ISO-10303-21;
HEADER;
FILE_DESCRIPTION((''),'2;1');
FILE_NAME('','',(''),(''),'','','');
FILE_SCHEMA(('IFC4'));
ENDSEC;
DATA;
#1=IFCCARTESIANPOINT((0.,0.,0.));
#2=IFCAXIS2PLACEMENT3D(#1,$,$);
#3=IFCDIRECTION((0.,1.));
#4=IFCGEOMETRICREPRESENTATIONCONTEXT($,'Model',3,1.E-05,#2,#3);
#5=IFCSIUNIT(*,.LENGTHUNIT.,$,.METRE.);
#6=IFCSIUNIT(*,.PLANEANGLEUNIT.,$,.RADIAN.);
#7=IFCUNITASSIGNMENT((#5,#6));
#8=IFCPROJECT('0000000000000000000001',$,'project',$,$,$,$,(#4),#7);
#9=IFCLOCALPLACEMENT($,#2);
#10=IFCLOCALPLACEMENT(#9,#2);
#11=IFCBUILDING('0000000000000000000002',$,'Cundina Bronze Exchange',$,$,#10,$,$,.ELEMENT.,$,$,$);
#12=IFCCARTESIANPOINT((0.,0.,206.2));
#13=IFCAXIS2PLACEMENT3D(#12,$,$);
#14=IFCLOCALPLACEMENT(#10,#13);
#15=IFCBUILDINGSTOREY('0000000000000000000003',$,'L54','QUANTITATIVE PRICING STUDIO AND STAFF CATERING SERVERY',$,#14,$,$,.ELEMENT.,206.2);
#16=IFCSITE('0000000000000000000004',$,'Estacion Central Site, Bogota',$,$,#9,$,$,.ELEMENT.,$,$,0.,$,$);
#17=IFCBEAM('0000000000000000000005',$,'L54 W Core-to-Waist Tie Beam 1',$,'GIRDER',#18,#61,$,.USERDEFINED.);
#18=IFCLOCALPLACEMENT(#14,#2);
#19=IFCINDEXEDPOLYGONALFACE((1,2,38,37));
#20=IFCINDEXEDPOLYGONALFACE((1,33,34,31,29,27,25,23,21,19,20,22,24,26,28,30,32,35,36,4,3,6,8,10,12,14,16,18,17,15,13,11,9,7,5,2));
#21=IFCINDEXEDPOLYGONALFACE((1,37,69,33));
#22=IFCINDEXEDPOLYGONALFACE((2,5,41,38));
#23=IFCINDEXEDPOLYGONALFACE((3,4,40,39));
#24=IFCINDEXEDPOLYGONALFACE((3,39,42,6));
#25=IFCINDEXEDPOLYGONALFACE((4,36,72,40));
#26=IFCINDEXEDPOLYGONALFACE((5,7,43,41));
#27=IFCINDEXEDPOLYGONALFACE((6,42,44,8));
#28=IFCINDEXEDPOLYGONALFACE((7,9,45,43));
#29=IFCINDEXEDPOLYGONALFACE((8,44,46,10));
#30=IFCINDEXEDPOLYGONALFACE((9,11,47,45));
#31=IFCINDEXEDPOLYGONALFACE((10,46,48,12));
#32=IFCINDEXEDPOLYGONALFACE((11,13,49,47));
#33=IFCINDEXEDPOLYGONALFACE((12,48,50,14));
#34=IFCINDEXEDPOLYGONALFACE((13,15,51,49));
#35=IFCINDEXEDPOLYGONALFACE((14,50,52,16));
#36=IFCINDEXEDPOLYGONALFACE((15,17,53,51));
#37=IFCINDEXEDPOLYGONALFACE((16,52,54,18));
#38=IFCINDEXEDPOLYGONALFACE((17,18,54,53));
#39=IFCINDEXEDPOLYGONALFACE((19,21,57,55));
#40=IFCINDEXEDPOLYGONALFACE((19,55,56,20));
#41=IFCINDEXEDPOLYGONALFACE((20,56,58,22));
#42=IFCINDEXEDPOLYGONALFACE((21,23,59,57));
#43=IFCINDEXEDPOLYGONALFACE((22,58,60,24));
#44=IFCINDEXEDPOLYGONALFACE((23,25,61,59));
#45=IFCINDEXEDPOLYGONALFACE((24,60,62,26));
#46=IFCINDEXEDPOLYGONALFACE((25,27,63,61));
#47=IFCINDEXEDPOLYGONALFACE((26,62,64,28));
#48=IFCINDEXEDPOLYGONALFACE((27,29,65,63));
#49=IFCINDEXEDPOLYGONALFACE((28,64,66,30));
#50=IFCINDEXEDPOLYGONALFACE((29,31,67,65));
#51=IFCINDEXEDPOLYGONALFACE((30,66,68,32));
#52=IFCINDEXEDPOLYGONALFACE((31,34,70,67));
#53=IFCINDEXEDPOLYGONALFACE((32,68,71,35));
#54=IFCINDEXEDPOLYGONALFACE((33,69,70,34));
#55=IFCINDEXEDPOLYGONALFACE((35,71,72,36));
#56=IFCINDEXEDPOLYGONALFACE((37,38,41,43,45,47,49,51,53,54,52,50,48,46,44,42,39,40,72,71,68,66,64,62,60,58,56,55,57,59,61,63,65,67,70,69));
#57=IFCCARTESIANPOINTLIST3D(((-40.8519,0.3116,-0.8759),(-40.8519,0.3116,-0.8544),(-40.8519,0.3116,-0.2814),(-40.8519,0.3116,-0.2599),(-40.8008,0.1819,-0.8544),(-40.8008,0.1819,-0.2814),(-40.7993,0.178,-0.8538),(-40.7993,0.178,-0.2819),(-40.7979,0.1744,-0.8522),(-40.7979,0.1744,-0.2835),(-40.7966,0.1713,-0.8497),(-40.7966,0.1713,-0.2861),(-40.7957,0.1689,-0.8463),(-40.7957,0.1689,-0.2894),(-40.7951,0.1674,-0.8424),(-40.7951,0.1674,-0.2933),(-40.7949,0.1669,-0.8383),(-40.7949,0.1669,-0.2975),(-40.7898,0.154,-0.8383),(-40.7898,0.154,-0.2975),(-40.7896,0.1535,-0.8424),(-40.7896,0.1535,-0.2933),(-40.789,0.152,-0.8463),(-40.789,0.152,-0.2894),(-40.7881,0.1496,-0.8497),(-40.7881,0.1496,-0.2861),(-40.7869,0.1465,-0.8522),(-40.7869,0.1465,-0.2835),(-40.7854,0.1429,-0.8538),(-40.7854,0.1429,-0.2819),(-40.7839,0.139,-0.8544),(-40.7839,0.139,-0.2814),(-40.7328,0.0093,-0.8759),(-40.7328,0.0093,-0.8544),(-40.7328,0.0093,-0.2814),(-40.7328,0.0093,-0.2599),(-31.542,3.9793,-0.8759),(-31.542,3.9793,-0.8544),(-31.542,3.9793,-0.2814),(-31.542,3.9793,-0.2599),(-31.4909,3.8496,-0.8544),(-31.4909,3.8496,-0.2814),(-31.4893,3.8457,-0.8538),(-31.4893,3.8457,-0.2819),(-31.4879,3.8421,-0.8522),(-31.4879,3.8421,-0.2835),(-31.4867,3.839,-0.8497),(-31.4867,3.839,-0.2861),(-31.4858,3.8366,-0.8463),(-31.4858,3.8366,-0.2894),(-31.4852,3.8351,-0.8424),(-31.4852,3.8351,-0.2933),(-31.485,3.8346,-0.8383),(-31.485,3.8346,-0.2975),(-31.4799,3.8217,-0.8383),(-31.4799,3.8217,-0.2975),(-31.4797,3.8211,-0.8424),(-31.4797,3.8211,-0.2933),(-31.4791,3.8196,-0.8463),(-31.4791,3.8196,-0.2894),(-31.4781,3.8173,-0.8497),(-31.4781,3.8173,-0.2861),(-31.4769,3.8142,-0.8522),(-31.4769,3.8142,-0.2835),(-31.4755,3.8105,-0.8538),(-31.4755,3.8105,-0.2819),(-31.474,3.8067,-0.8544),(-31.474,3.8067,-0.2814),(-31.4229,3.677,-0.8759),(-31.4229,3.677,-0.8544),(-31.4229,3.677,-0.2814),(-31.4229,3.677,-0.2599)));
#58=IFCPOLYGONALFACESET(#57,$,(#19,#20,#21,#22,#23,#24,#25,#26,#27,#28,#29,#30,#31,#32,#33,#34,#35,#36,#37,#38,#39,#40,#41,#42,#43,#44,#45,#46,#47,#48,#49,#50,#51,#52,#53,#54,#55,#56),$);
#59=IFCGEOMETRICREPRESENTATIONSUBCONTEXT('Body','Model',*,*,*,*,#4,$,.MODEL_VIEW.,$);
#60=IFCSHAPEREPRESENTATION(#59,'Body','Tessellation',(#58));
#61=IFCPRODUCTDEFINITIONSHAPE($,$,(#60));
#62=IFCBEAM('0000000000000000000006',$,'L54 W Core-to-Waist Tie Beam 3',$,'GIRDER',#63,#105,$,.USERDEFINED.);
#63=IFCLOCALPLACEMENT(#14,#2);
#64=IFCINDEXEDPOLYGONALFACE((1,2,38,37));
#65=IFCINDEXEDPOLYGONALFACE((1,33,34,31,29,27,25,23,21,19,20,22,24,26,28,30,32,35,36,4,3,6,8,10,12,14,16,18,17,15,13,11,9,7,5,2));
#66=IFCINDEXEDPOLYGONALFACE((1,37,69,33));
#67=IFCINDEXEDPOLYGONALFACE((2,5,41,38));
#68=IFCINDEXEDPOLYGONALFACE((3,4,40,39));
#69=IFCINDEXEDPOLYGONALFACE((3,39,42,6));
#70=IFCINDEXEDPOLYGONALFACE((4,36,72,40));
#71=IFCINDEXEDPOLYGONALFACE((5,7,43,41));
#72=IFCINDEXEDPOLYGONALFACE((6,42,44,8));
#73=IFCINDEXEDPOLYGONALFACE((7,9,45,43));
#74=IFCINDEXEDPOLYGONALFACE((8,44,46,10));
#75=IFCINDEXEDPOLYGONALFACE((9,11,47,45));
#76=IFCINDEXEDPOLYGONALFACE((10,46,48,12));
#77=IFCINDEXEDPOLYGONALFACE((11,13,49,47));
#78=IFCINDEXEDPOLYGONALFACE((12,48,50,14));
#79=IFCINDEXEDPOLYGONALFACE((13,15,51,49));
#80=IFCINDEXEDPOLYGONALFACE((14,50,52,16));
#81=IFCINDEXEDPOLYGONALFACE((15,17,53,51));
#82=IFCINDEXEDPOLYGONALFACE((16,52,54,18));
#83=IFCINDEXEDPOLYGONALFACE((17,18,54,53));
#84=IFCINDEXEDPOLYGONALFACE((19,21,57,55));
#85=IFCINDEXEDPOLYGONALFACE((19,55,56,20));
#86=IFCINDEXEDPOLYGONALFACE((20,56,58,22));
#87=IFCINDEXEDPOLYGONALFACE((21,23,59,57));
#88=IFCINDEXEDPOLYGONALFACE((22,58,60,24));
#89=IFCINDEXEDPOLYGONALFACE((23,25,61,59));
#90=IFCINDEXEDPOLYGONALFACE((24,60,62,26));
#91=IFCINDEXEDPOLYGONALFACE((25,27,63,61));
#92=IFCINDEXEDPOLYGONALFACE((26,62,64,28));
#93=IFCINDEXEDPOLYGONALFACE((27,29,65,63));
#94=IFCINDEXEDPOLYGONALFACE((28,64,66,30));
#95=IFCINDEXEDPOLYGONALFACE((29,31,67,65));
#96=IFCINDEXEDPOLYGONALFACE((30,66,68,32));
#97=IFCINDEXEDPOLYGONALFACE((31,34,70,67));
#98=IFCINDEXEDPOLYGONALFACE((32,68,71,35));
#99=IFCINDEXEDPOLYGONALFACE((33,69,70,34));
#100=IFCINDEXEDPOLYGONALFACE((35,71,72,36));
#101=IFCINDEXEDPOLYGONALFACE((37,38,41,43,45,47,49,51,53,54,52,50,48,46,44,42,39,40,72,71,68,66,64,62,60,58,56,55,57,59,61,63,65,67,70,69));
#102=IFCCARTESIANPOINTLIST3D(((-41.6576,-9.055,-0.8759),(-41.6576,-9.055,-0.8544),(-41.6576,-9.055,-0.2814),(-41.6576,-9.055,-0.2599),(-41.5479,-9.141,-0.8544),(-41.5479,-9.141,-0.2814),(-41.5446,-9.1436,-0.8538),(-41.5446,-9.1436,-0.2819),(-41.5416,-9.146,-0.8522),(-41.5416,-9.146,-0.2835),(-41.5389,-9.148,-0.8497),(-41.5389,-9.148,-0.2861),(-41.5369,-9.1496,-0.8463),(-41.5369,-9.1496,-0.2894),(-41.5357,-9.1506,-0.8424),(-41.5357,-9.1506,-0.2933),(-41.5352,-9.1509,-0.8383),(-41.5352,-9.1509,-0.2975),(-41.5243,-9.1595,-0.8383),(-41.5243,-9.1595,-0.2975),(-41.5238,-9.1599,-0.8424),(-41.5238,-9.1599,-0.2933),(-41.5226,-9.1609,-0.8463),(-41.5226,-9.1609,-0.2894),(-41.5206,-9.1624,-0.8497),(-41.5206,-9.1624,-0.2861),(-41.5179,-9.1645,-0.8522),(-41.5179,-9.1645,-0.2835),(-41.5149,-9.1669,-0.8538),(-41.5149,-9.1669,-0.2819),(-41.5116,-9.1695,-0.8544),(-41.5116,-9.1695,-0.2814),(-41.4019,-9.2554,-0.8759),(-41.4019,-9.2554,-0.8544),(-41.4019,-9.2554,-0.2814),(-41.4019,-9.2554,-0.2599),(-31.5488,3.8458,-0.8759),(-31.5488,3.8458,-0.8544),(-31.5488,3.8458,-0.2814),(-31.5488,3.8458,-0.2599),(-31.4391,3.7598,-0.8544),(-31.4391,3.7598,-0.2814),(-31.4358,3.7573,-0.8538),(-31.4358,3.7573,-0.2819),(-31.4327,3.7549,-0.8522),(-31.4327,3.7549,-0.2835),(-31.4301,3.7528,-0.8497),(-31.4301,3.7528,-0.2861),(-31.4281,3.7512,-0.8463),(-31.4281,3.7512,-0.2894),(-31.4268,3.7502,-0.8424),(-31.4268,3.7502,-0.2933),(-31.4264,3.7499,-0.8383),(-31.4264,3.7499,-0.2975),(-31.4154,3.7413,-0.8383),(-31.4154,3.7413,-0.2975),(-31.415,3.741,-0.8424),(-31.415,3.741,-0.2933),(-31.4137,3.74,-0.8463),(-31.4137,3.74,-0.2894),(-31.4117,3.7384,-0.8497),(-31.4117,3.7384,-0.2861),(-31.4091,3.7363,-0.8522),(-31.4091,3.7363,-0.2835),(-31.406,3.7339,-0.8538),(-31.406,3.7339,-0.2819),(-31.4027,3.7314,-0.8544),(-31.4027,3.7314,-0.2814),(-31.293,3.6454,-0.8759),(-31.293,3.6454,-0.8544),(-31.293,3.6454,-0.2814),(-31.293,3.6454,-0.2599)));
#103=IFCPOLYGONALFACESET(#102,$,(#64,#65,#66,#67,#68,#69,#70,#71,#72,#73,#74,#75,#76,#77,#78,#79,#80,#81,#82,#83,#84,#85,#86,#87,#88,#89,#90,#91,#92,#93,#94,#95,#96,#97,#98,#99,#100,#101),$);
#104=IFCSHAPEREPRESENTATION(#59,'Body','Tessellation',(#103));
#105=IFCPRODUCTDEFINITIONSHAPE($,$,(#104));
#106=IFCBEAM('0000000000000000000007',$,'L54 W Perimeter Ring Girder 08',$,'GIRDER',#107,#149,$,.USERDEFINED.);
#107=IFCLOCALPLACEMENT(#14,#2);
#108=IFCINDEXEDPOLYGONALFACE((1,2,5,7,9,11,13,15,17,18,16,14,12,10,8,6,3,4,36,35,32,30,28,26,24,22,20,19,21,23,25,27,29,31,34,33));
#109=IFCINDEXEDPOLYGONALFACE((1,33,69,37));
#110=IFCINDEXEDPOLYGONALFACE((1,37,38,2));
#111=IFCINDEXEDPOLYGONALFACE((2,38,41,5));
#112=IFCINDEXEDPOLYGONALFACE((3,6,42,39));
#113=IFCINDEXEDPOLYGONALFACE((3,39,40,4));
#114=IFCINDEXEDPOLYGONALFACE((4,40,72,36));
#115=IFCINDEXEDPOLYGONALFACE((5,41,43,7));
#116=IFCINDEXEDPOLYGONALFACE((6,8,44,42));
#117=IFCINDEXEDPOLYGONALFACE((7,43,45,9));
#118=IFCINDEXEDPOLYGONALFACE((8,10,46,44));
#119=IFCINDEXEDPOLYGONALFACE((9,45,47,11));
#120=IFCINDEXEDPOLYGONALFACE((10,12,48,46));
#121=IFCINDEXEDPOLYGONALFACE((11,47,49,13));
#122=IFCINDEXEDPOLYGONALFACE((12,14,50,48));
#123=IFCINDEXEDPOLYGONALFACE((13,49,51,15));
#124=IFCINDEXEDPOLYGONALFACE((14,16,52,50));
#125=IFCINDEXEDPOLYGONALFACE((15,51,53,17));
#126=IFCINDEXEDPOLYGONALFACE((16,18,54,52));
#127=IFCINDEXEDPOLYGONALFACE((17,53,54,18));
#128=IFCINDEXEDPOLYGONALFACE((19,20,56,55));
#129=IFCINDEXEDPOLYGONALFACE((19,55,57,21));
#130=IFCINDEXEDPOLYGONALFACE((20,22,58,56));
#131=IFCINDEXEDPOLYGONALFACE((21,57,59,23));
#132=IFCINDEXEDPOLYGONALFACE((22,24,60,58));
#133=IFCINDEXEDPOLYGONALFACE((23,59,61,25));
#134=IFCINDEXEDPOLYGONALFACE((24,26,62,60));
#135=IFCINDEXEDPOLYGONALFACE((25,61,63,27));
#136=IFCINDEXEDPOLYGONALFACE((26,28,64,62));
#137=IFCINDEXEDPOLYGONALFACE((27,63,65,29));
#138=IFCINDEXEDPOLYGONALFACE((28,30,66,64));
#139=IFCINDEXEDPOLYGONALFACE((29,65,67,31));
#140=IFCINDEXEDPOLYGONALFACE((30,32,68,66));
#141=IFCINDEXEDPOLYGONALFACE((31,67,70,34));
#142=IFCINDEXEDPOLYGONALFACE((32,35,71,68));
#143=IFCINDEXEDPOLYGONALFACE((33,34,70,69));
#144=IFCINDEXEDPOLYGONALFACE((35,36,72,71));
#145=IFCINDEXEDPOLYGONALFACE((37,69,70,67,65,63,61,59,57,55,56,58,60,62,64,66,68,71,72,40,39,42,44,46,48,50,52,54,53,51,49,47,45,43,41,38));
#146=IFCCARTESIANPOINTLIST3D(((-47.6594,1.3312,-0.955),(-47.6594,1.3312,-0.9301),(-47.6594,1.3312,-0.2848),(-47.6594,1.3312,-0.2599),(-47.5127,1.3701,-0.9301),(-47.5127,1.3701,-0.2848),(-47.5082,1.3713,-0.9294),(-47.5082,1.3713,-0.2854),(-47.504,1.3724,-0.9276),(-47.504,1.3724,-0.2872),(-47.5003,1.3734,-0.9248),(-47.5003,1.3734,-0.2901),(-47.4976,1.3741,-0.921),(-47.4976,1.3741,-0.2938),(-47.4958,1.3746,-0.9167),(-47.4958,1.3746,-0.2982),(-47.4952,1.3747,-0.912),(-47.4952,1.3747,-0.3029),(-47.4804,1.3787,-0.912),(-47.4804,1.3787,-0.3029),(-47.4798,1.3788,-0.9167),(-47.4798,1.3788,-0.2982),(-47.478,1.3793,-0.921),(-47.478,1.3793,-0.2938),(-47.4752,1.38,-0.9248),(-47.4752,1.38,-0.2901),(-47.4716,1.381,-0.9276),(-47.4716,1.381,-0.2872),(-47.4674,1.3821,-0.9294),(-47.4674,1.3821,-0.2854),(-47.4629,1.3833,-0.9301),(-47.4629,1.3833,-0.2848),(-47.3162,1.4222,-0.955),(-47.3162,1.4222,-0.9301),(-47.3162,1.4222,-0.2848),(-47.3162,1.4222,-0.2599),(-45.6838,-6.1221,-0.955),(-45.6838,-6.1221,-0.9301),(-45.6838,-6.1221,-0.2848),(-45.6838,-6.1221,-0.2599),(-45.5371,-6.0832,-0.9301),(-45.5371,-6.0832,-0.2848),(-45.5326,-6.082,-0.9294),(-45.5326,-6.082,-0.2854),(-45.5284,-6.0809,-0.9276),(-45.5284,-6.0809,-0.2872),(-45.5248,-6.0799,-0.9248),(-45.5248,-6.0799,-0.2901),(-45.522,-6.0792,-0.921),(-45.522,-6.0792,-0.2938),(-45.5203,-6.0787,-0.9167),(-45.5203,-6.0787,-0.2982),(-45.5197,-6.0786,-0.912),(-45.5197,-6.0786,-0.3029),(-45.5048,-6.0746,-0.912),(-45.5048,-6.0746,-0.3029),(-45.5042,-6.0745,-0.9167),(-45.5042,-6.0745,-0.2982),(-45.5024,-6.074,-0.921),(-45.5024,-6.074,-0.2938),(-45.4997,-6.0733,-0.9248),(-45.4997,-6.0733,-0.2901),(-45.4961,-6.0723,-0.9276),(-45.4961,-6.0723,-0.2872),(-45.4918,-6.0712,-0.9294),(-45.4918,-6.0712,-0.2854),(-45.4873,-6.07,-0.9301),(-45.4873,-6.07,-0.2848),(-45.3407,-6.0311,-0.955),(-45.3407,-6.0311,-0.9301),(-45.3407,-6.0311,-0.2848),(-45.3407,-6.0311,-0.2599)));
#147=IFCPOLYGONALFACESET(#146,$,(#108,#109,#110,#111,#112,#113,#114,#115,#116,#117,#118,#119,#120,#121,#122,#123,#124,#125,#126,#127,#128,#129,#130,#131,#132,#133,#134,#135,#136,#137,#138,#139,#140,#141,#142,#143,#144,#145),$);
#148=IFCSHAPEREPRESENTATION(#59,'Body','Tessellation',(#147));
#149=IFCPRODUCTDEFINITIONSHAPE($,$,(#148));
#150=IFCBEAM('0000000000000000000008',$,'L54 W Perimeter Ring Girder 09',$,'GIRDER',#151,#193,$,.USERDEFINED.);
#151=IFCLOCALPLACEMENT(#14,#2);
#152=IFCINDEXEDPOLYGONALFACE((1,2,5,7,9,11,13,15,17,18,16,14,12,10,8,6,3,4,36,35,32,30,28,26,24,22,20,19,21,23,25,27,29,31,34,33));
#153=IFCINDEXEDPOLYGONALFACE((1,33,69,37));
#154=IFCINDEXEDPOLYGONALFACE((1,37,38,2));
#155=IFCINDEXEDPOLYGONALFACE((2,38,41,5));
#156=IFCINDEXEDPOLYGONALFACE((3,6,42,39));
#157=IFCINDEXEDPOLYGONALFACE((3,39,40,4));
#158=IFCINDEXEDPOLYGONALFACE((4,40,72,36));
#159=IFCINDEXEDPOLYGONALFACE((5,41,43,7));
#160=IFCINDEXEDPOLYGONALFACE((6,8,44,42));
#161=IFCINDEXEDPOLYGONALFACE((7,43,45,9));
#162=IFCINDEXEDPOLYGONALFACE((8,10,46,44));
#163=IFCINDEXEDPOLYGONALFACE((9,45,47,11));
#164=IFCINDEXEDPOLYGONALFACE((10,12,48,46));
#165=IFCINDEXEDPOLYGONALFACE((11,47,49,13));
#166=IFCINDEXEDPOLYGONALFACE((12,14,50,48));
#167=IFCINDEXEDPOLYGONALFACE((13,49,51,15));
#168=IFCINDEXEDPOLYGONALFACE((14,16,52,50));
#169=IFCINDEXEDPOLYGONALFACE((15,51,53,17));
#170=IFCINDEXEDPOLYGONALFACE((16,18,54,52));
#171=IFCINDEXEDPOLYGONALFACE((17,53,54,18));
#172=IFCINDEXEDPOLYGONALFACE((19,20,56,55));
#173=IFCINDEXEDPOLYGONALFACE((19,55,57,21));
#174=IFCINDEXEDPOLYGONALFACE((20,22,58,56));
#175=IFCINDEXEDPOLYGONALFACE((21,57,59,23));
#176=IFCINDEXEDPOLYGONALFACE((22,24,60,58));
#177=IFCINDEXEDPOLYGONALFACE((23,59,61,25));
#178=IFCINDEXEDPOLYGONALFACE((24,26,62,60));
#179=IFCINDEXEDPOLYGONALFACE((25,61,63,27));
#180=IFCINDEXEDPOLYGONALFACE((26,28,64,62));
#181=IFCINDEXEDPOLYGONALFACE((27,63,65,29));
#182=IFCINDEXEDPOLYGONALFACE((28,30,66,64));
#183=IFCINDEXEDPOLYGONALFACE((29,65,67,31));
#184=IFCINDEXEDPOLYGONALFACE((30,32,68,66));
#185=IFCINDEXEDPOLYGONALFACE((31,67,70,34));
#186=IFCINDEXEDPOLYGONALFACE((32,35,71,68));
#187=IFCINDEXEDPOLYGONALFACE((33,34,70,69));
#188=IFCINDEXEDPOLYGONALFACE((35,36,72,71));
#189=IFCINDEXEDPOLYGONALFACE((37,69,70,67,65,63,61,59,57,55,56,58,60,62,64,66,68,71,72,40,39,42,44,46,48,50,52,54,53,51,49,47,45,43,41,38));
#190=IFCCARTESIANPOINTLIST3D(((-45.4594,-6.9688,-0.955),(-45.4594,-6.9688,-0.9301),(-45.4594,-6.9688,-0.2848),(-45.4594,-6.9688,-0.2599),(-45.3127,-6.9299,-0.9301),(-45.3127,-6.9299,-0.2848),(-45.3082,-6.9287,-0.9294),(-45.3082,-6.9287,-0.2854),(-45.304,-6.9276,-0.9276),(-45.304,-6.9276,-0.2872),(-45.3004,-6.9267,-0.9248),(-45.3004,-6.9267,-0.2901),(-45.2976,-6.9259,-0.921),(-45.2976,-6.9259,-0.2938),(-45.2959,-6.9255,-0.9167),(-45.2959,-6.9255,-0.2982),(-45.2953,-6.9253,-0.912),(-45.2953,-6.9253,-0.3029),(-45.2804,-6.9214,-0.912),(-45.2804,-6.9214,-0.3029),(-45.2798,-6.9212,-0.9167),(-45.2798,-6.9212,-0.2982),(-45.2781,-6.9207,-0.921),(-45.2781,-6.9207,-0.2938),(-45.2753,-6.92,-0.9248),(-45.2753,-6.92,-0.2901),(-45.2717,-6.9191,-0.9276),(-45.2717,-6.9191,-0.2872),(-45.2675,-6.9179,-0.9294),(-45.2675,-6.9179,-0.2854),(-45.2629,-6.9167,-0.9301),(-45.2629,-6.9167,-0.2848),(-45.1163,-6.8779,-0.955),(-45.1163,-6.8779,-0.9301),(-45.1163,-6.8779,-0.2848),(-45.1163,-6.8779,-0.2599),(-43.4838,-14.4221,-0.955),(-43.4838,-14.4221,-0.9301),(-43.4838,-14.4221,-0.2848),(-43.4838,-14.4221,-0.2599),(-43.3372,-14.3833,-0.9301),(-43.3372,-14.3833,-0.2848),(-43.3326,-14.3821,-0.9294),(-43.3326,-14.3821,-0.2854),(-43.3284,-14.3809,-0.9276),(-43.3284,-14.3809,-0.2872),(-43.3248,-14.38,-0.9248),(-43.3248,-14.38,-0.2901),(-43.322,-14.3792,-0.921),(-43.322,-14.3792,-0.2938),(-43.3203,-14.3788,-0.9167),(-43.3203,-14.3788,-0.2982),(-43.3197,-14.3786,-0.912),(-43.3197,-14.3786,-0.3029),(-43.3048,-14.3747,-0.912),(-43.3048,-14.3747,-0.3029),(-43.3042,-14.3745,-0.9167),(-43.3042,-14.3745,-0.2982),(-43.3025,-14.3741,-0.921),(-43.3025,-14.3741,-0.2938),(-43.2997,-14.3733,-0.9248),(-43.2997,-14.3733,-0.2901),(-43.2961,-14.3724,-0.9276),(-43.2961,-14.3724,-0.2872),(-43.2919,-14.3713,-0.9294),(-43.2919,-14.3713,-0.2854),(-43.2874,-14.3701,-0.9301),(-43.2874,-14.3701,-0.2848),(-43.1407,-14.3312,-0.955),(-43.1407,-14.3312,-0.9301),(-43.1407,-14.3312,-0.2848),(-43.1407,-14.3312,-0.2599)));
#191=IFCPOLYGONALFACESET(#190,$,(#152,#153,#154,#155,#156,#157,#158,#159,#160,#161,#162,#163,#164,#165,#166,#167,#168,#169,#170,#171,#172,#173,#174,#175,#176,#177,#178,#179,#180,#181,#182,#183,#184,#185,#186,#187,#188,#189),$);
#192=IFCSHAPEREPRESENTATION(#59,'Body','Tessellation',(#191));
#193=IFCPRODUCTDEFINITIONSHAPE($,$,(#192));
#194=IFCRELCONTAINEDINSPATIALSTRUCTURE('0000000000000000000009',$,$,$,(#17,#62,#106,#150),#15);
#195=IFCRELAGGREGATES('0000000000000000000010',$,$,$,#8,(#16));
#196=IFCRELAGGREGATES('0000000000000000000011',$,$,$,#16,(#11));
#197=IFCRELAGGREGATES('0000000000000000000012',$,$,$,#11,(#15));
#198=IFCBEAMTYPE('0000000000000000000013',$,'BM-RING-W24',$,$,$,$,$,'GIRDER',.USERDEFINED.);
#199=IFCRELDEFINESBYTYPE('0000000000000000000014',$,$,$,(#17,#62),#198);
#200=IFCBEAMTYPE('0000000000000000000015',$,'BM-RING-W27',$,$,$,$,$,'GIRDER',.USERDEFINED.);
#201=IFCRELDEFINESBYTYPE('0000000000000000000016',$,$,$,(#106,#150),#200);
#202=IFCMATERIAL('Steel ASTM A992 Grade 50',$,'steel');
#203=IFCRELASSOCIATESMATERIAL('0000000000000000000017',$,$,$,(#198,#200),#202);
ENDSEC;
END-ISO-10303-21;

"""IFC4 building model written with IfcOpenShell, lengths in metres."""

from ifc_helpers import new_model, si_unit, direction, frame, origin, origin_2d, place, context, subcontext, project, spatial, i_section, extrude, material, material_profile, profile_set, type_object, element, save


model = new_model("IFC4")

# Units and contexts
model_context = context("Model", 3, precision=1e-05, world=origin(), true_north=direction((0.0, 1.0)))
body_context = subcontext(model_context, "Body", "Model", "MODEL_VIEW")
ifc_project = project(units=[si_unit("LENGTHUNIT", "METRE"), si_unit("PLANEANGLEUNIT", "RADIAN")], contexts=[model_context])

# Site, building, storey
site_placement = place(None, origin())
site = spatial("IfcSite", under=ifc_project, at=site_placement, Name="Estacion Central Site, Bogota", CompositionType="ELEMENT", RefElevation=0.0)
building_placement = place(site_placement, origin())
building = spatial("IfcBuilding", under=site, at=building_placement, Name="Cundina Bronze Exchange", CompositionType="ELEMENT")
storey_placement = place(building_placement, frame((0.0, 0.0, 206.2)))
storey = spatial("IfcBuildingStorey", under=building, at=storey_placement, Name="L54", Description="QUANTITATIVE PRICING STUDIO AND STAFF CATERING SERVERY", CompositionType="ELEMENT", Elevation=206.2)

# Beams
ifc_material_1 = material(Name="Steel ASTM A992 Grade 50", Category="steel")
ifc_material_profile_1 = material_profile(ifc_material_1, i_section(OverallWidth=0.325, OverallDepth=0.616, WebThickness=0.0139, FlangeThickness=0.0215, FilletRadius=0.0161, at=origin_2d()), Name="W24X117", Category="steel")
ifc_profile_set_1 = profile_set([ifc_material_profile_1], Name="Steel ASTM A992 Grade 50")
beam_type_1 = type_object("IfcBeamType", Name="BM-RING-W24", ElementType="GIRDER", PredefinedType="USERDEFINED", material=ifc_profile_set_1)
beam_1_placement = place(storey_placement, frame((-31.4824, 3.8281, -0.5679), z_axis=(-0.930404, -0.366535, 0.0), x_axis=(0.366535, -0.930404, 0.0)))
element("IfcBeam", 1, at=beam_1_placement, inside=storey, type_object=beam_type_1, Name="L54 W Core-to-Waist Tie Beam 1", ObjectType="GIRDER", PredefinedType="USERDEFINED", context=body_context, shape_type="SweptSolid", body=[
    extrude(i_section(OverallWidth=0.325, OverallDepth=0.616, WebThickness=0.0139, FlangeThickness=0.0215, FilletRadius=0.0161, at=origin_2d()), origin(), (0.0, 0.0, 1.0), 10.0063),
])
beam_2_placement = place(storey_placement, frame((-31.4209, 3.7456, -0.5679), z_axis=(-0.616783, -0.787133, 0.0), x_axis=(0.787133, -0.616783, 0.0)))
element("IfcBeam", 2, at=beam_2_placement, inside=storey, type_object=beam_type_1, Name="L54 W Core-to-Waist Tie Beam 3", ObjectType="GIRDER", PredefinedType="USERDEFINED", context=body_context, shape_type="SweptSolid", body=[
    extrude(i_section(OverallWidth=0.325, OverallDepth=0.616, WebThickness=0.0139, FlangeThickness=0.0215, FilletRadius=0.0161, at=origin_2d()), origin(), (0.0, 0.0, 1.0), 16.3896),
])
ifc_material_profile_2 = material_profile(ifc_material_1, i_section(OverallWidth=0.355, OverallDepth=0.6951, WebThickness=0.0154, FlangeThickness=0.0249, FilletRadius=0.0181, at=origin_2d()), Name="W27X146", Category="steel")
ifc_profile_set_2 = profile_set([ifc_material_profile_2], Name="Steel ASTM A992 Grade 50")
beam_type_2 = type_object("IfcBeamType", Name="BM-RING-W27", ElementType="GIRDER", PredefinedType="USERDEFINED", material=ifc_profile_set_2)
for number, where, z_axis, x_axis, name in (
    (3, (-47.4878, 1.3767, -0.6074), (0.256212, -0.966621, 0.0), (0.966621, 0.256212, 0.0), "L54 W Perimeter Ring Girder 08"),
    (4, (-45.2878, -6.9233, -0.6074), (0.256212, -0.966621, 0.0), (0.966621, 0.256212, 0.0), "L54 W Perimeter Ring Girder 09"),
):
    element("IfcBeam", number, at=place(storey_placement, frame(where, z_axis=z_axis, x_axis=x_axis)), inside=storey, type_object=beam_type_2, Name=name, ObjectType="GIRDER", PredefinedType="USERDEFINED", context=body_context, shape_type="SweptSolid", body=[
        extrude(i_section(OverallWidth=0.355, OverallDepth=0.6951, WebThickness=0.0154, FlangeThickness=0.0249, FilletRadius=0.0181, at=origin_2d()), origin(), (0.0, 0.0, 1.0), 7.7107),
    ])

save(model, "model.ifc")
